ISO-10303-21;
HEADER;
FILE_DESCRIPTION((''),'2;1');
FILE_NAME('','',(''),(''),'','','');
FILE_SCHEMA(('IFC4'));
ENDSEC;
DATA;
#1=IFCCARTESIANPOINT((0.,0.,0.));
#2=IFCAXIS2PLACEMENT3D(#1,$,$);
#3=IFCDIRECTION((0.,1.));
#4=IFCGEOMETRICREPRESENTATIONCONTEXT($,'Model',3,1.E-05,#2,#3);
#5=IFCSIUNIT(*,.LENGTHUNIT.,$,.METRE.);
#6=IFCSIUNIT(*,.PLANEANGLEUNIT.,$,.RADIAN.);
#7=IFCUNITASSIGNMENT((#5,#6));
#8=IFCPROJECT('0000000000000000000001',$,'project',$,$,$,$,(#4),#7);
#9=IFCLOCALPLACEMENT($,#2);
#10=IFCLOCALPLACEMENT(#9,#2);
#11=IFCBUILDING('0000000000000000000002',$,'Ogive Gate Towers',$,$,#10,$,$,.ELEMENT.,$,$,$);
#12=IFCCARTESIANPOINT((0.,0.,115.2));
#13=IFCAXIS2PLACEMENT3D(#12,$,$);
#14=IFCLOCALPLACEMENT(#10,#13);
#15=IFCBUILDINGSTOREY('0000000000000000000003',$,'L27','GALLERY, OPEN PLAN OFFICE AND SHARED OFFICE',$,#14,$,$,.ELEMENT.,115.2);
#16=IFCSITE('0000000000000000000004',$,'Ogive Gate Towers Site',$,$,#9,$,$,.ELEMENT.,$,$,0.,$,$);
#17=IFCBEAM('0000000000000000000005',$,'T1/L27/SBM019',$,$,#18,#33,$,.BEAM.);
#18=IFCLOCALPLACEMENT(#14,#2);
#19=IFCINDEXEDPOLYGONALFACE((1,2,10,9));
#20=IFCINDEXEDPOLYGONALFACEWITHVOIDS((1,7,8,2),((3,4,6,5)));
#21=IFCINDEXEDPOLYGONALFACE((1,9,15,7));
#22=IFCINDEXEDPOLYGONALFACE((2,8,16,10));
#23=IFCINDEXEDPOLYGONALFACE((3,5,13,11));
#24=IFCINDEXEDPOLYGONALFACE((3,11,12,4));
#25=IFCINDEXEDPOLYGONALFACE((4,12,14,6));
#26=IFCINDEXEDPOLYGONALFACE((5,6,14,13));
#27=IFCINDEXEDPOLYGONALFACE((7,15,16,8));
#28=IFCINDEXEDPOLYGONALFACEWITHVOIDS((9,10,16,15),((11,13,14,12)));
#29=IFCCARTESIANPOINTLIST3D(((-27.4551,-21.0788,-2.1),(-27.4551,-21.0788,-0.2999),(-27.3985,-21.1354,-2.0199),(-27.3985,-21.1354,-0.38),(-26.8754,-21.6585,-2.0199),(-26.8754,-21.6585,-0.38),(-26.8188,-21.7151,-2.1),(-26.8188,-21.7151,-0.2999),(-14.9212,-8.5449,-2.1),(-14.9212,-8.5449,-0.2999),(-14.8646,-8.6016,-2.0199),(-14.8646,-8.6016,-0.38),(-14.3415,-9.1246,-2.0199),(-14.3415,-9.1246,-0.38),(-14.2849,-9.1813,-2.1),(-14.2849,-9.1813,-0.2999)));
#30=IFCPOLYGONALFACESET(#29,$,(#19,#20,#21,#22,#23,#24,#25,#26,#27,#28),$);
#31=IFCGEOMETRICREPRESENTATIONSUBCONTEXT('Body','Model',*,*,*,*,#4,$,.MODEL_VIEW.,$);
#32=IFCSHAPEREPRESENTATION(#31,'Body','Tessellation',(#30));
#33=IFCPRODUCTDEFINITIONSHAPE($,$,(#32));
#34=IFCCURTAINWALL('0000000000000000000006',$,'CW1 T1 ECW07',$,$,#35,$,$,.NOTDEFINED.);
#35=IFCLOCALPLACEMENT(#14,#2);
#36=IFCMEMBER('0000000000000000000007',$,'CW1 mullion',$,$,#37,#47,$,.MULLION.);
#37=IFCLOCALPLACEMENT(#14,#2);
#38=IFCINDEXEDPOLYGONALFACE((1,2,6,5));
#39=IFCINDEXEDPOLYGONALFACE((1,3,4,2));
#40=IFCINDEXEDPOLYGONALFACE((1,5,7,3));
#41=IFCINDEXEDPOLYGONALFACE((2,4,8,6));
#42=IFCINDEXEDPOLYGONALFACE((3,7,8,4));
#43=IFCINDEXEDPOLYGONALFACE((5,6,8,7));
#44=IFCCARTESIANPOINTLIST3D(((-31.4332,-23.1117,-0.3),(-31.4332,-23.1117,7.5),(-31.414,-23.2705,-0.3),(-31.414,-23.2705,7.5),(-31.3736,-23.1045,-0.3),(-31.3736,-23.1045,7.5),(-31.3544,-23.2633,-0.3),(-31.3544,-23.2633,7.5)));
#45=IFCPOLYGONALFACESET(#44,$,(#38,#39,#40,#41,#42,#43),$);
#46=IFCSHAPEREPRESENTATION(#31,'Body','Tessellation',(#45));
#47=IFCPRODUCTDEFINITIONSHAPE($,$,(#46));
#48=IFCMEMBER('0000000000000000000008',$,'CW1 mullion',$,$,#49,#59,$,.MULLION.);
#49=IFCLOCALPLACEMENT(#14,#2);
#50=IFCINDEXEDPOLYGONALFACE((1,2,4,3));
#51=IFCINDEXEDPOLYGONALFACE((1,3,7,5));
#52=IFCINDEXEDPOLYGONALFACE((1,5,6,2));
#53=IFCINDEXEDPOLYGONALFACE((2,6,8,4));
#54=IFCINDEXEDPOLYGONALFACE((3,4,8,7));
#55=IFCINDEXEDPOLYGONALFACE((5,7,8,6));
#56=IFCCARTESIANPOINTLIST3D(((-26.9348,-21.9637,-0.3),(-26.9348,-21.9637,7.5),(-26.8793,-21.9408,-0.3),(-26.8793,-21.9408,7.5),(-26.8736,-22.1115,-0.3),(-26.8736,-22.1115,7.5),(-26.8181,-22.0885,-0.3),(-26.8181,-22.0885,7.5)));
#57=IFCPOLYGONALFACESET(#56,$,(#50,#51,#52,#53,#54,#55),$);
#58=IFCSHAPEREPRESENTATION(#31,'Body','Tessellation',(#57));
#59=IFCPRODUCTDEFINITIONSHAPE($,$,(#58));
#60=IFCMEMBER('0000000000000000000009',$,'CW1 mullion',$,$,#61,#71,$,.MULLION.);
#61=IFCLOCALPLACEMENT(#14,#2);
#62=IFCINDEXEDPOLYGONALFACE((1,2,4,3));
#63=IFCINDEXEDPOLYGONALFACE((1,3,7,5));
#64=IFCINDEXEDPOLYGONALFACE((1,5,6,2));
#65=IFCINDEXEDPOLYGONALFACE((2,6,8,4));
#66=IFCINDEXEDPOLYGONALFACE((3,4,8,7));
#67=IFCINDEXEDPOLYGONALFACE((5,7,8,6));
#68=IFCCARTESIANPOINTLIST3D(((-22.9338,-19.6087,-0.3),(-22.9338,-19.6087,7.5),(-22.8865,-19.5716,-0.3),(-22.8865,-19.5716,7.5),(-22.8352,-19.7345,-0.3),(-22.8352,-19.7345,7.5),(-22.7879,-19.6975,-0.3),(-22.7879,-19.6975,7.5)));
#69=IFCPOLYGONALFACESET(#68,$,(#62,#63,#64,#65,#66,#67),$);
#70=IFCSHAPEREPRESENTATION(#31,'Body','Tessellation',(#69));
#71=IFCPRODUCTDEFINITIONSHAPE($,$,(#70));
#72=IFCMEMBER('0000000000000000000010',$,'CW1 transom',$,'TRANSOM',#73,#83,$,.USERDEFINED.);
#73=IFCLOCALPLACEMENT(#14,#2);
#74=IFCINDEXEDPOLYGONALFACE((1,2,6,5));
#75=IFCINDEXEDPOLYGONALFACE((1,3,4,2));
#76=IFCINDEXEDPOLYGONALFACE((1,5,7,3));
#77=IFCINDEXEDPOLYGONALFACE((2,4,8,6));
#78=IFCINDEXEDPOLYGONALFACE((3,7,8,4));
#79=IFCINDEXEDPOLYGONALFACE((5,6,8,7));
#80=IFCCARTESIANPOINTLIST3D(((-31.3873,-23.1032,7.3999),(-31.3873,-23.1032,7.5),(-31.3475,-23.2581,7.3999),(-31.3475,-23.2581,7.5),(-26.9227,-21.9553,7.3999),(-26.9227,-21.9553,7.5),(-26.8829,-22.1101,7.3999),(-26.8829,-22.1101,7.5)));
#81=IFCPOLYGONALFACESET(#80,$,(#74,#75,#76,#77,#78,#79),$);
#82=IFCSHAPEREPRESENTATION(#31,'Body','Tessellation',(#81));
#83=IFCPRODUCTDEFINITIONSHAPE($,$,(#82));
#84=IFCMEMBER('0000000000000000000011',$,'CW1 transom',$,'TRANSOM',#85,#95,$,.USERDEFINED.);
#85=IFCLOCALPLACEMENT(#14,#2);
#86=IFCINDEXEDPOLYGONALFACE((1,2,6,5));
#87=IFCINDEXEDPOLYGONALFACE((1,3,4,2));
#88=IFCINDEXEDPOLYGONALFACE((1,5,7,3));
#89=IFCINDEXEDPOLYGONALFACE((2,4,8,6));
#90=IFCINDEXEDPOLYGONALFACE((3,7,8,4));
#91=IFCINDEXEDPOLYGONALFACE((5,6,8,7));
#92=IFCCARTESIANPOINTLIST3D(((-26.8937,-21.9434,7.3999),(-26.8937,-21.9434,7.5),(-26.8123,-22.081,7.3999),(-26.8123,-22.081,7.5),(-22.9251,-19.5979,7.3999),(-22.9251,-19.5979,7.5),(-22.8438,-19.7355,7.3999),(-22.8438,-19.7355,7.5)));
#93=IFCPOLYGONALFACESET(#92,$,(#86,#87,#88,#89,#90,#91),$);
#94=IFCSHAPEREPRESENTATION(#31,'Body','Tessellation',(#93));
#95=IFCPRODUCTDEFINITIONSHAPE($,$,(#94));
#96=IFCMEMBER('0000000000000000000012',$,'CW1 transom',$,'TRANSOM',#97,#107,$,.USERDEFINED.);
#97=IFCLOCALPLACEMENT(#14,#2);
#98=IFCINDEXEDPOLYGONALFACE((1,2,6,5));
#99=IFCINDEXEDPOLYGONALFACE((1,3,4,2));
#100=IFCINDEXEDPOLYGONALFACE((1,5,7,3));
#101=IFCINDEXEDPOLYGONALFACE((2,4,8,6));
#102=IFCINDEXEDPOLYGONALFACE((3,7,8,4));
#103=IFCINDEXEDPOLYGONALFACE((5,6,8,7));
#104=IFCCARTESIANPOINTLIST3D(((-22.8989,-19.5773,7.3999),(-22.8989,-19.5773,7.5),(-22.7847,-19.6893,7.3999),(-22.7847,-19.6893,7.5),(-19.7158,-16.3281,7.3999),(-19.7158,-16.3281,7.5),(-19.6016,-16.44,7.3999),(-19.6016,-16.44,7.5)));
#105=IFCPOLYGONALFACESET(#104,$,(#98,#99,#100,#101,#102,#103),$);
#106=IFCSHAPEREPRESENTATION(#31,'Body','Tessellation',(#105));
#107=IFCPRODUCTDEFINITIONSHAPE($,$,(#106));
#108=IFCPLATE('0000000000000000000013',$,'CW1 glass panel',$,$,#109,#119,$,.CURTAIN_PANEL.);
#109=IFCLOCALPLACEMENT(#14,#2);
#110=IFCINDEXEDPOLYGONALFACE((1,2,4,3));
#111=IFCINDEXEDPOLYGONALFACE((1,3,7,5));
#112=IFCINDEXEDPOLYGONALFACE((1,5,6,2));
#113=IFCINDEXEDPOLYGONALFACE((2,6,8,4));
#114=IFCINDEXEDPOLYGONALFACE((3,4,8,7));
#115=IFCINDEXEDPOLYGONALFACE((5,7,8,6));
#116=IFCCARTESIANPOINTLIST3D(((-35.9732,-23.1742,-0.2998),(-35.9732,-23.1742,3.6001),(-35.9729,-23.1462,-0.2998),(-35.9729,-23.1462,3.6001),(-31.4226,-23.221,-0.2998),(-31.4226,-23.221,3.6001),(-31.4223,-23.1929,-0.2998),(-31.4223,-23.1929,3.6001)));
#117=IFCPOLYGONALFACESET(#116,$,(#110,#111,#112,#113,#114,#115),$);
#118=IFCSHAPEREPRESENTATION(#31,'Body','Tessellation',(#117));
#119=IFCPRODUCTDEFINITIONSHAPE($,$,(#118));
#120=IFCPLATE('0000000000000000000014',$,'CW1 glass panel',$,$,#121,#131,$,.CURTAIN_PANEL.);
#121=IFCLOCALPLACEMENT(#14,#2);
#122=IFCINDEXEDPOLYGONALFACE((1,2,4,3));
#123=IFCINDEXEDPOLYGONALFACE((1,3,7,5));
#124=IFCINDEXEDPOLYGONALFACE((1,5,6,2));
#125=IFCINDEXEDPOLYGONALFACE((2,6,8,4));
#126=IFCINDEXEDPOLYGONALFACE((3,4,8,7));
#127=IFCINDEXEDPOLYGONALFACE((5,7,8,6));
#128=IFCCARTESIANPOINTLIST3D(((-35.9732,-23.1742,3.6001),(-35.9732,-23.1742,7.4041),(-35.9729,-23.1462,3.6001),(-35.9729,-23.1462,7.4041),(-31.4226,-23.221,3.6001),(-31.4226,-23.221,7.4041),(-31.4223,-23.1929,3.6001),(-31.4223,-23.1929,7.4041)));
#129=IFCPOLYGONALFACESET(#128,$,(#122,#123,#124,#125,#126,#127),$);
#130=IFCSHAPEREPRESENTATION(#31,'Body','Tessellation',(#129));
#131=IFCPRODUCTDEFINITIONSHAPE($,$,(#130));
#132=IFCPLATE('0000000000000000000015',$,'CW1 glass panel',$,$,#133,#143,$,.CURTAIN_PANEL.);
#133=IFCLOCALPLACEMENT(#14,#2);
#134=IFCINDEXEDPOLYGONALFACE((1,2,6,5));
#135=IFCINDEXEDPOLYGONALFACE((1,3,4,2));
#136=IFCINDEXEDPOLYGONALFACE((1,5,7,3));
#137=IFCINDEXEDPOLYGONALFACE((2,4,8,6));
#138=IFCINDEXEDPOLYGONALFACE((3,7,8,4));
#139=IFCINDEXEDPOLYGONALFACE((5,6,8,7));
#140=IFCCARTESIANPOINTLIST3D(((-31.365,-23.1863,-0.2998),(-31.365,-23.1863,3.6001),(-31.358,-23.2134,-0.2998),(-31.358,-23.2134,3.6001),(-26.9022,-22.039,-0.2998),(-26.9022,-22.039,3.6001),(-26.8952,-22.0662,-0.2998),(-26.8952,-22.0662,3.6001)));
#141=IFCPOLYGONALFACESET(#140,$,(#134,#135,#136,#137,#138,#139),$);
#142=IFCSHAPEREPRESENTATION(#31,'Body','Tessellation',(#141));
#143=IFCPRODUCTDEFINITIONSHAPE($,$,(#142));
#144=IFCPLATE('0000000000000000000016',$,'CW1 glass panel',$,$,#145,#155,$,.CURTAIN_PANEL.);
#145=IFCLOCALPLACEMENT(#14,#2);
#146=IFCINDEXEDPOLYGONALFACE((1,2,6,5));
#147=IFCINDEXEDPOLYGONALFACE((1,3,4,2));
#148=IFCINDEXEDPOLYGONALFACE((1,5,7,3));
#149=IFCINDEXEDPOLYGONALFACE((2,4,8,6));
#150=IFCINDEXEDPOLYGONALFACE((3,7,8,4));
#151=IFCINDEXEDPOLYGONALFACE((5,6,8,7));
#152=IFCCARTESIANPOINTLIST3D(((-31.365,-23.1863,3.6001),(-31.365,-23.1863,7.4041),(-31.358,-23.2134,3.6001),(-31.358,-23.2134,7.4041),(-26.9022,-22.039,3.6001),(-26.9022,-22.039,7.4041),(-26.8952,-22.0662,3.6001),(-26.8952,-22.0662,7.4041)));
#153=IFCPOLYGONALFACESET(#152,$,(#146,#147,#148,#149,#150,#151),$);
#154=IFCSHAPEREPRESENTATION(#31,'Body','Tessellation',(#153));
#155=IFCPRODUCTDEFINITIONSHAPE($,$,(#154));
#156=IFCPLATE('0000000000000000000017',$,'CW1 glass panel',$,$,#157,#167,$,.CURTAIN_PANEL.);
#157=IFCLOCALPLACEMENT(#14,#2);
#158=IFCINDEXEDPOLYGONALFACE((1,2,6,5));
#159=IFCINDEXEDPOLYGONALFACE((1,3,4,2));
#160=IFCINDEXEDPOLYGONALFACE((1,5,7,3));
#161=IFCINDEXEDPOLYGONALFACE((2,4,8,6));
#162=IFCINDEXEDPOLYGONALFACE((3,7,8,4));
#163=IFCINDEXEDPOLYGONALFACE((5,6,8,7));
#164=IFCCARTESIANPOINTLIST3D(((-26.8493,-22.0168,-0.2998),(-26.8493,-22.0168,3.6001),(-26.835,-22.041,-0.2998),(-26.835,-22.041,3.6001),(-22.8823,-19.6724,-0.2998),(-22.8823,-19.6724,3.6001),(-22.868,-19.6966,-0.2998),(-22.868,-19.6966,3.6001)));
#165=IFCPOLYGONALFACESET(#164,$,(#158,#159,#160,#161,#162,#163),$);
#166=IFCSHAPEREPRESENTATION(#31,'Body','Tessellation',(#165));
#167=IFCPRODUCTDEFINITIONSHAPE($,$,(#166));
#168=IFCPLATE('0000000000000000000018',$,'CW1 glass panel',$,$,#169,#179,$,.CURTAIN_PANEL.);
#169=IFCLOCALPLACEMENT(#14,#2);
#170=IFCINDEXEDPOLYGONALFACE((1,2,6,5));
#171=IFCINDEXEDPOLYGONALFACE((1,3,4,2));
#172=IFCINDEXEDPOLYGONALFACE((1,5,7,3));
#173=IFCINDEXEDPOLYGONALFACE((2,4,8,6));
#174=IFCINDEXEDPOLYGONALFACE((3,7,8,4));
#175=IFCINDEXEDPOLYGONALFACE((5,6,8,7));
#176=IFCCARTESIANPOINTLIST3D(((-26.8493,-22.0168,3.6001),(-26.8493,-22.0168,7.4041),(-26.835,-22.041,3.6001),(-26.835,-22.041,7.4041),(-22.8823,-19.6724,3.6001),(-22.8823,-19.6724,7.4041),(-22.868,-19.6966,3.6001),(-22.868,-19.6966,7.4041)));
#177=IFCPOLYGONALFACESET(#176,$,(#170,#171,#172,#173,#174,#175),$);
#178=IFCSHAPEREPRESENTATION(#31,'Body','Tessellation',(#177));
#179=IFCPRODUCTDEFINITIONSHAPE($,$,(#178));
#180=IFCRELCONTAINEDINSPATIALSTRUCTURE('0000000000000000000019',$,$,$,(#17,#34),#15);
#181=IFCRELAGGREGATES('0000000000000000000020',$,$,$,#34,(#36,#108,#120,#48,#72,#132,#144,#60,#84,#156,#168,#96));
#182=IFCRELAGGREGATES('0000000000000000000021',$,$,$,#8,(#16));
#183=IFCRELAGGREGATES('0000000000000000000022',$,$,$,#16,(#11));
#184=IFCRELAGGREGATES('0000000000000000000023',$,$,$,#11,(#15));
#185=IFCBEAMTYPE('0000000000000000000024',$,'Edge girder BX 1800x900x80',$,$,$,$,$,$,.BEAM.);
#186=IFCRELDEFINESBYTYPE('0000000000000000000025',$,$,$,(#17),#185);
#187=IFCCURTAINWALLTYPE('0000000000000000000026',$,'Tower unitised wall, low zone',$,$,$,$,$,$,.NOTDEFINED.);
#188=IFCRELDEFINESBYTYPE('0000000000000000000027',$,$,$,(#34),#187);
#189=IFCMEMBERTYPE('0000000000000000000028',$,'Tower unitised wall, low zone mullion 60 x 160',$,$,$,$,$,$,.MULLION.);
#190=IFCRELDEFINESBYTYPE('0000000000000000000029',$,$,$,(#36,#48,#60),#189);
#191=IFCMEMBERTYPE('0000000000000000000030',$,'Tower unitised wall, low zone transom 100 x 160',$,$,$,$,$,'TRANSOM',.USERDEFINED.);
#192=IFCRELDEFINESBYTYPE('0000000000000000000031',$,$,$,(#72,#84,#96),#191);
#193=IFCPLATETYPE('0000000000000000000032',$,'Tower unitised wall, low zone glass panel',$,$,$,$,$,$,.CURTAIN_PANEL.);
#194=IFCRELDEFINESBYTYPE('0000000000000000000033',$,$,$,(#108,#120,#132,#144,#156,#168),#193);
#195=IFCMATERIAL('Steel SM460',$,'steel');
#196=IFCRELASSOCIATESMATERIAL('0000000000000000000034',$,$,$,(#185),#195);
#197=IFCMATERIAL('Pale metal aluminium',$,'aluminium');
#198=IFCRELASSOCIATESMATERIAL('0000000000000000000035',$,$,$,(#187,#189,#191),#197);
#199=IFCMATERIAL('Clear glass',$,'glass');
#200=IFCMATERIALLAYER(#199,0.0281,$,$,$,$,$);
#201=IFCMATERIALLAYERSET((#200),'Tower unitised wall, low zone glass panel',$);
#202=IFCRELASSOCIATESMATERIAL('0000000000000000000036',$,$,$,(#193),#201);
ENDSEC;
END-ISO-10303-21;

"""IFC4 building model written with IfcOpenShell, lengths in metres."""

from ifc_helpers import new_model, si_unit, direction, frame, origin, origin_2d, place, context, subcontext, project, spatial, rectangle, hollow_rectangle, extrude, material, layer, layer_set, material_profile, profile_set, type_object, element, aggregate, save


model = new_model("IFC4")

# Units and contexts
model_context = context("Model", 3, precision=1e-05, world=origin(), true_north=direction((0.0, 1.0)))
body_context = subcontext(model_context, "Body", "Model", "MODEL_VIEW")
ifc_project = project(units=[si_unit("LENGTHUNIT", "METRE"), si_unit("PLANEANGLEUNIT", "RADIAN")], contexts=[model_context])

# Site, building, storey
site_placement = place(None, origin())
site = spatial("IfcSite", under=ifc_project, at=site_placement, Name="Ogive Gate Towers Site", CompositionType="ELEMENT", RefElevation=0.0)
building_placement = place(site_placement, origin())
building = spatial("IfcBuilding", under=site, at=building_placement, Name="Ogive Gate Towers", CompositionType="ELEMENT")
storey_placement = place(building_placement, frame((0.0, 0.0, 115.2)))
storey = spatial("IfcBuildingStorey", under=building, at=storey_placement, Name="L27", Description="GALLERY, OPEN PLAN OFFICE AND SHARED OFFICE", CompositionType="ELEMENT", Elevation=115.2)

# Beam
ifc_material_1 = material(Name="Steel SM460", Category="steel")
ifc_material_profile_1 = material_profile(ifc_material_1, hollow_rectangle(XDim=0.8999, YDim=1.8, WallThickness=0.0801, at=origin_2d()), Name="BX 1800x900x80")
ifc_profile_set_1 = profile_set([ifc_material_profile_1], Name="Steel SM460")
beam_type = type_object("IfcBeamType", Name="Edge girder BX 1800x900x80", PredefinedType="BEAM", material=ifc_profile_set_1)
beam_placement = place(storey_placement, frame((-27.137, -21.397, -1.2), z_axis=(0.707107, 0.707107, 0.0), x_axis=(-0.707107, 0.707107, 0.0)))
element("IfcBeam", 1, at=beam_placement, inside=storey, type_object=beam_type, Name="T1/L27/SBM019", PredefinedType="BEAM", context=body_context, shape_type="SweptSolid", body=[
    extrude(hollow_rectangle(XDim=0.8999, YDim=1.8, WallThickness=0.0801, at=origin_2d()), origin(), (0.0, 0.0, 1.0), 17.7256),
])

# Curtain wall, members, plates
ifc_material_2 = material(Name="Pale metal aluminium", Category="aluminium")
curtain_wall_type = type_object("IfcCurtainWallType", Name="Tower unitised wall, low zone", PredefinedType="NOTDEFINED", material=ifc_material_2)
curtain_wall_placement = place(storey_placement, origin())
curtain_wall = element("IfcCurtainWall", 2, at=curtain_wall_placement, inside=storey, type_object=curtain_wall_type, Name="CW1 T1 ECW07", PredefinedType="NOTDEFINED")
ifc_material_profile_2 = material_profile(ifc_material_2, rectangle(XDim=0.1599, YDim=0.0601, at=origin_2d()), Name="60 x 160 aluminium box")
ifc_profile_set_2 = profile_set([ifc_material_profile_2], Name="Pale metal aluminium")
member_type_1 = type_object("IfcMemberType", Name="Tower unitised wall, low zone mullion 60 x 160", PredefinedType="MULLION", material=ifc_profile_set_2)
member_1_placement = place(storey_placement, frame((-31.3938, -23.1875, -0.3), z_axis=(0.0, 0.0, 1.0), x_axis=(0.120379, -0.992728, 0.0)))
member_1 = element("IfcMember", 3, at=member_1_placement, type_object=member_type_1, Name="CW1 mullion", PredefinedType="MULLION", context=body_context, shape_type="SweptSolid", body=[
    extrude(rectangle(XDim=0.1599, YDim=0.0601, at=origin_2d()), origin(), (0.0, 0.0, 1.0), 7.8),
])
member_2_placement = place(storey_placement, frame((-26.8765, -22.0261, -0.3), z_axis=(0.0, 0.0, 1.0), x_axis=(0.382683, -0.92388, 0.0)))
member_2 = element("IfcMember", 4, at=member_2_placement, type_object=member_type_1, Name="CW1 mullion", PredefinedType="MULLION", context=body_context, shape_type="SweptSolid", body=[
    extrude(rectangle(XDim=0.1599, YDim=0.0601, at=origin_2d()), origin(), (0.0, 0.0, 1.0), 7.8),
])
member_3_placement = place(storey_placement, frame((-22.8608, -19.6531, -0.3), z_axis=(0.0, 0.0, 1.0), x_axis=(0.616844, -0.787086, 0.0)))
member_3 = element("IfcMember", 5, at=member_3_placement, type_object=member_type_1, Name="CW1 mullion", PredefinedType="MULLION", context=body_context, shape_type="SweptSolid", body=[
    extrude(rectangle(XDim=0.1599, YDim=0.0601, at=origin_2d()), origin(), (0.0, 0.0, 1.0), 7.8),
])
ifc_material_profile_3 = material_profile(ifc_material_2, rectangle(XDim=0.1599, YDim=0.1001, at=origin_2d()), Name="100 x 160 aluminium box")
ifc_profile_set_3 = profile_set([ifc_material_profile_3], Name="Pale metal aluminium")
member_type_2 = type_object("IfcMemberType", Name="Tower unitised wall, low zone transom 100 x 160", ElementType="TRANSOM", PredefinedType="USERDEFINED", material=ifc_profile_set_3)
member_4_placement = place(storey_placement, frame((-31.3674, -23.1807, 7.45), z_axis=(0.968498, 0.249023, 0.0), x_axis=(-0.249023, 0.968498, 0.0)))
member_4 = element("IfcMember", 6, at=member_4_placement, type_object=member_type_2, Name="CW1 transom", ObjectType="TRANSOM", PredefinedType="USERDEFINED", context=body_context, shape_type="SweptSolid", body=[
    extrude(rectangle(XDim=0.1599, YDim=0.1001, at=origin_2d()), origin(), (0.0, 0.0, 1.0), 4.6099),
])
member_5_placement = place(storey_placement, frame((-26.853, -22.0122, 7.45), z_axis=(0.860885, 0.508799, 0.0), x_axis=(-0.508799, 0.860885, 0.0)))
member_5 = element("IfcMember", 7, at=member_5_placement, type_object=member_type_2, Name="CW1 transom", ObjectType="TRANSOM", PredefinedType="USERDEFINED", context=body_context, shape_type="SweptSolid", body=[
    extrude(rectangle(XDim=0.1599, YDim=0.1001, at=origin_2d()), origin(), (0.0, 0.0, 1.0), 4.6099),
])
member_6_placement = place(storey_placement, frame((-22.8418, -19.6333, 7.45), z_axis=(0.699797, 0.714342, 0.0), x_axis=(-0.714342, 0.699797, 0.0)))
member_6 = element("IfcMember", 8, at=member_6_placement, type_object=member_type_2, Name="CW1 transom", ObjectType="TRANSOM", PredefinedType="USERDEFINED", context=body_context, shape_type="SweptSolid", body=[
    extrude(rectangle(XDim=0.1599, YDim=0.1001, at=origin_2d()), origin(), (0.0, 0.0, 1.0), 4.5486),
])
ifc_material_3 = material(Name="Clear glass", Category="glass")
ifc_layer_1 = layer(ifc_material_3, 0.0281)
ifc_layer_set_1 = layer_set([ifc_layer_1], Name="Tower unitised wall, low zone glass panel")
plate_type = type_object("IfcPlateType", Name="Tower unitised wall, low zone glass panel", PredefinedType="CURTAIN_PANEL", material=ifc_layer_set_1)
plate_1_placement = place(storey_placement, frame((-33.6978, -23.1836, -0.2998), z_axis=(0.0, 0.0, 1.0), x_axis=(0.999947, -0.01028, 0.0)))
plate_1 = element("IfcPlate", 9, at=plate_1_placement, type_object=plate_type, Name="CW1 glass panel", PredefinedType="CURTAIN_PANEL", context=body_context, shape_type="SweptSolid", body=[
    extrude(rectangle(XDim=4.5508, YDim=0.0281, at=origin_2d()), origin(), (0.0, 0.0, 1.0), 3.8999),
])
plate_2_placement = place(storey_placement, frame((-33.6978, -23.1836, 3.6001), z_axis=(0.0, 0.0, 1.0), x_axis=(0.999947, -0.01028, 0.0)))
plate_2 = element("IfcPlate", 10, at=plate_2_placement, type_object=plate_type, Name="CW1 glass panel", PredefinedType="CURTAIN_PANEL", context=body_context, shape_type="SweptSolid", body=[
    extrude(rectangle(XDim=4.5508, YDim=0.0281, at=origin_2d()), origin(), (0.0, 0.0, 1.0), 3.804),
])
plate_3_placement = place(storey_placement, frame((-29.1301, -22.6262, -0.2998), z_axis=(0.0, 0.0, 1.0), x_axis=(0.968509, 0.248977, 0.0)))
plate_3 = element("IfcPlate", 11, at=plate_3_placement, type_object=plate_type, Name="CW1 glass panel", PredefinedType="CURTAIN_PANEL", context=body_context, shape_type="SweptSolid", body=[
    extrude(rectangle(XDim=4.6079, YDim=0.0281, at=origin_2d()), origin(), (0.0, 0.0, 1.0), 3.8999),
])
plate_4_placement = place(storey_placement, frame((-29.1301, -22.6262, 3.6001), z_axis=(0.0, 0.0, 1.0), x_axis=(0.968509, 0.248977, 0.0)))
plate_4 = element("IfcPlate", 12, at=plate_4_placement, type_object=plate_type, Name="CW1 glass panel", PredefinedType="CURTAIN_PANEL", context=body_context, shape_type="SweptSolid", body=[
    extrude(rectangle(XDim=4.6079, YDim=0.0281, at=origin_2d()), origin(), (0.0, 0.0, 1.0), 3.804),
])
plate_5_placement = place(storey_placement, frame((-24.8586, -20.8567, -0.2998), z_axis=(0.0, 0.0, 1.0), x_axis=(0.860902, 0.508771, 0.0)))
plate_5 = element("IfcPlate", 13, at=plate_5_placement, type_object=plate_type, Name="CW1 glass panel", PredefinedType="CURTAIN_PANEL", context=body_context, shape_type="SweptSolid", body=[
    extrude(rectangle(XDim=4.6079, YDim=0.0281, at=origin_2d()), origin(), (0.0, 0.0, 1.0), 3.8999),
])
plate_6_placement = place(storey_placement, frame((-24.8586, -20.8567, 3.6001), z_axis=(0.0, 0.0, 1.0), x_axis=(0.860902, 0.508771, 0.0)))
plate_6 = element("IfcPlate", 14, at=plate_6_placement, type_object=plate_type, Name="CW1 glass panel", PredefinedType="CURTAIN_PANEL", context=body_context, shape_type="SweptSolid", body=[
    extrude(rectangle(XDim=4.6079, YDim=0.0281, at=origin_2d()), origin(), (0.0, 0.0, 1.0), 3.804),
])
aggregate(curtain_wall, [member_1, plate_1, plate_2, member_2, member_4, plate_3, plate_4, member_3, member_5, plate_5, plate_6, member_6])

save(model, "model.ifc")
